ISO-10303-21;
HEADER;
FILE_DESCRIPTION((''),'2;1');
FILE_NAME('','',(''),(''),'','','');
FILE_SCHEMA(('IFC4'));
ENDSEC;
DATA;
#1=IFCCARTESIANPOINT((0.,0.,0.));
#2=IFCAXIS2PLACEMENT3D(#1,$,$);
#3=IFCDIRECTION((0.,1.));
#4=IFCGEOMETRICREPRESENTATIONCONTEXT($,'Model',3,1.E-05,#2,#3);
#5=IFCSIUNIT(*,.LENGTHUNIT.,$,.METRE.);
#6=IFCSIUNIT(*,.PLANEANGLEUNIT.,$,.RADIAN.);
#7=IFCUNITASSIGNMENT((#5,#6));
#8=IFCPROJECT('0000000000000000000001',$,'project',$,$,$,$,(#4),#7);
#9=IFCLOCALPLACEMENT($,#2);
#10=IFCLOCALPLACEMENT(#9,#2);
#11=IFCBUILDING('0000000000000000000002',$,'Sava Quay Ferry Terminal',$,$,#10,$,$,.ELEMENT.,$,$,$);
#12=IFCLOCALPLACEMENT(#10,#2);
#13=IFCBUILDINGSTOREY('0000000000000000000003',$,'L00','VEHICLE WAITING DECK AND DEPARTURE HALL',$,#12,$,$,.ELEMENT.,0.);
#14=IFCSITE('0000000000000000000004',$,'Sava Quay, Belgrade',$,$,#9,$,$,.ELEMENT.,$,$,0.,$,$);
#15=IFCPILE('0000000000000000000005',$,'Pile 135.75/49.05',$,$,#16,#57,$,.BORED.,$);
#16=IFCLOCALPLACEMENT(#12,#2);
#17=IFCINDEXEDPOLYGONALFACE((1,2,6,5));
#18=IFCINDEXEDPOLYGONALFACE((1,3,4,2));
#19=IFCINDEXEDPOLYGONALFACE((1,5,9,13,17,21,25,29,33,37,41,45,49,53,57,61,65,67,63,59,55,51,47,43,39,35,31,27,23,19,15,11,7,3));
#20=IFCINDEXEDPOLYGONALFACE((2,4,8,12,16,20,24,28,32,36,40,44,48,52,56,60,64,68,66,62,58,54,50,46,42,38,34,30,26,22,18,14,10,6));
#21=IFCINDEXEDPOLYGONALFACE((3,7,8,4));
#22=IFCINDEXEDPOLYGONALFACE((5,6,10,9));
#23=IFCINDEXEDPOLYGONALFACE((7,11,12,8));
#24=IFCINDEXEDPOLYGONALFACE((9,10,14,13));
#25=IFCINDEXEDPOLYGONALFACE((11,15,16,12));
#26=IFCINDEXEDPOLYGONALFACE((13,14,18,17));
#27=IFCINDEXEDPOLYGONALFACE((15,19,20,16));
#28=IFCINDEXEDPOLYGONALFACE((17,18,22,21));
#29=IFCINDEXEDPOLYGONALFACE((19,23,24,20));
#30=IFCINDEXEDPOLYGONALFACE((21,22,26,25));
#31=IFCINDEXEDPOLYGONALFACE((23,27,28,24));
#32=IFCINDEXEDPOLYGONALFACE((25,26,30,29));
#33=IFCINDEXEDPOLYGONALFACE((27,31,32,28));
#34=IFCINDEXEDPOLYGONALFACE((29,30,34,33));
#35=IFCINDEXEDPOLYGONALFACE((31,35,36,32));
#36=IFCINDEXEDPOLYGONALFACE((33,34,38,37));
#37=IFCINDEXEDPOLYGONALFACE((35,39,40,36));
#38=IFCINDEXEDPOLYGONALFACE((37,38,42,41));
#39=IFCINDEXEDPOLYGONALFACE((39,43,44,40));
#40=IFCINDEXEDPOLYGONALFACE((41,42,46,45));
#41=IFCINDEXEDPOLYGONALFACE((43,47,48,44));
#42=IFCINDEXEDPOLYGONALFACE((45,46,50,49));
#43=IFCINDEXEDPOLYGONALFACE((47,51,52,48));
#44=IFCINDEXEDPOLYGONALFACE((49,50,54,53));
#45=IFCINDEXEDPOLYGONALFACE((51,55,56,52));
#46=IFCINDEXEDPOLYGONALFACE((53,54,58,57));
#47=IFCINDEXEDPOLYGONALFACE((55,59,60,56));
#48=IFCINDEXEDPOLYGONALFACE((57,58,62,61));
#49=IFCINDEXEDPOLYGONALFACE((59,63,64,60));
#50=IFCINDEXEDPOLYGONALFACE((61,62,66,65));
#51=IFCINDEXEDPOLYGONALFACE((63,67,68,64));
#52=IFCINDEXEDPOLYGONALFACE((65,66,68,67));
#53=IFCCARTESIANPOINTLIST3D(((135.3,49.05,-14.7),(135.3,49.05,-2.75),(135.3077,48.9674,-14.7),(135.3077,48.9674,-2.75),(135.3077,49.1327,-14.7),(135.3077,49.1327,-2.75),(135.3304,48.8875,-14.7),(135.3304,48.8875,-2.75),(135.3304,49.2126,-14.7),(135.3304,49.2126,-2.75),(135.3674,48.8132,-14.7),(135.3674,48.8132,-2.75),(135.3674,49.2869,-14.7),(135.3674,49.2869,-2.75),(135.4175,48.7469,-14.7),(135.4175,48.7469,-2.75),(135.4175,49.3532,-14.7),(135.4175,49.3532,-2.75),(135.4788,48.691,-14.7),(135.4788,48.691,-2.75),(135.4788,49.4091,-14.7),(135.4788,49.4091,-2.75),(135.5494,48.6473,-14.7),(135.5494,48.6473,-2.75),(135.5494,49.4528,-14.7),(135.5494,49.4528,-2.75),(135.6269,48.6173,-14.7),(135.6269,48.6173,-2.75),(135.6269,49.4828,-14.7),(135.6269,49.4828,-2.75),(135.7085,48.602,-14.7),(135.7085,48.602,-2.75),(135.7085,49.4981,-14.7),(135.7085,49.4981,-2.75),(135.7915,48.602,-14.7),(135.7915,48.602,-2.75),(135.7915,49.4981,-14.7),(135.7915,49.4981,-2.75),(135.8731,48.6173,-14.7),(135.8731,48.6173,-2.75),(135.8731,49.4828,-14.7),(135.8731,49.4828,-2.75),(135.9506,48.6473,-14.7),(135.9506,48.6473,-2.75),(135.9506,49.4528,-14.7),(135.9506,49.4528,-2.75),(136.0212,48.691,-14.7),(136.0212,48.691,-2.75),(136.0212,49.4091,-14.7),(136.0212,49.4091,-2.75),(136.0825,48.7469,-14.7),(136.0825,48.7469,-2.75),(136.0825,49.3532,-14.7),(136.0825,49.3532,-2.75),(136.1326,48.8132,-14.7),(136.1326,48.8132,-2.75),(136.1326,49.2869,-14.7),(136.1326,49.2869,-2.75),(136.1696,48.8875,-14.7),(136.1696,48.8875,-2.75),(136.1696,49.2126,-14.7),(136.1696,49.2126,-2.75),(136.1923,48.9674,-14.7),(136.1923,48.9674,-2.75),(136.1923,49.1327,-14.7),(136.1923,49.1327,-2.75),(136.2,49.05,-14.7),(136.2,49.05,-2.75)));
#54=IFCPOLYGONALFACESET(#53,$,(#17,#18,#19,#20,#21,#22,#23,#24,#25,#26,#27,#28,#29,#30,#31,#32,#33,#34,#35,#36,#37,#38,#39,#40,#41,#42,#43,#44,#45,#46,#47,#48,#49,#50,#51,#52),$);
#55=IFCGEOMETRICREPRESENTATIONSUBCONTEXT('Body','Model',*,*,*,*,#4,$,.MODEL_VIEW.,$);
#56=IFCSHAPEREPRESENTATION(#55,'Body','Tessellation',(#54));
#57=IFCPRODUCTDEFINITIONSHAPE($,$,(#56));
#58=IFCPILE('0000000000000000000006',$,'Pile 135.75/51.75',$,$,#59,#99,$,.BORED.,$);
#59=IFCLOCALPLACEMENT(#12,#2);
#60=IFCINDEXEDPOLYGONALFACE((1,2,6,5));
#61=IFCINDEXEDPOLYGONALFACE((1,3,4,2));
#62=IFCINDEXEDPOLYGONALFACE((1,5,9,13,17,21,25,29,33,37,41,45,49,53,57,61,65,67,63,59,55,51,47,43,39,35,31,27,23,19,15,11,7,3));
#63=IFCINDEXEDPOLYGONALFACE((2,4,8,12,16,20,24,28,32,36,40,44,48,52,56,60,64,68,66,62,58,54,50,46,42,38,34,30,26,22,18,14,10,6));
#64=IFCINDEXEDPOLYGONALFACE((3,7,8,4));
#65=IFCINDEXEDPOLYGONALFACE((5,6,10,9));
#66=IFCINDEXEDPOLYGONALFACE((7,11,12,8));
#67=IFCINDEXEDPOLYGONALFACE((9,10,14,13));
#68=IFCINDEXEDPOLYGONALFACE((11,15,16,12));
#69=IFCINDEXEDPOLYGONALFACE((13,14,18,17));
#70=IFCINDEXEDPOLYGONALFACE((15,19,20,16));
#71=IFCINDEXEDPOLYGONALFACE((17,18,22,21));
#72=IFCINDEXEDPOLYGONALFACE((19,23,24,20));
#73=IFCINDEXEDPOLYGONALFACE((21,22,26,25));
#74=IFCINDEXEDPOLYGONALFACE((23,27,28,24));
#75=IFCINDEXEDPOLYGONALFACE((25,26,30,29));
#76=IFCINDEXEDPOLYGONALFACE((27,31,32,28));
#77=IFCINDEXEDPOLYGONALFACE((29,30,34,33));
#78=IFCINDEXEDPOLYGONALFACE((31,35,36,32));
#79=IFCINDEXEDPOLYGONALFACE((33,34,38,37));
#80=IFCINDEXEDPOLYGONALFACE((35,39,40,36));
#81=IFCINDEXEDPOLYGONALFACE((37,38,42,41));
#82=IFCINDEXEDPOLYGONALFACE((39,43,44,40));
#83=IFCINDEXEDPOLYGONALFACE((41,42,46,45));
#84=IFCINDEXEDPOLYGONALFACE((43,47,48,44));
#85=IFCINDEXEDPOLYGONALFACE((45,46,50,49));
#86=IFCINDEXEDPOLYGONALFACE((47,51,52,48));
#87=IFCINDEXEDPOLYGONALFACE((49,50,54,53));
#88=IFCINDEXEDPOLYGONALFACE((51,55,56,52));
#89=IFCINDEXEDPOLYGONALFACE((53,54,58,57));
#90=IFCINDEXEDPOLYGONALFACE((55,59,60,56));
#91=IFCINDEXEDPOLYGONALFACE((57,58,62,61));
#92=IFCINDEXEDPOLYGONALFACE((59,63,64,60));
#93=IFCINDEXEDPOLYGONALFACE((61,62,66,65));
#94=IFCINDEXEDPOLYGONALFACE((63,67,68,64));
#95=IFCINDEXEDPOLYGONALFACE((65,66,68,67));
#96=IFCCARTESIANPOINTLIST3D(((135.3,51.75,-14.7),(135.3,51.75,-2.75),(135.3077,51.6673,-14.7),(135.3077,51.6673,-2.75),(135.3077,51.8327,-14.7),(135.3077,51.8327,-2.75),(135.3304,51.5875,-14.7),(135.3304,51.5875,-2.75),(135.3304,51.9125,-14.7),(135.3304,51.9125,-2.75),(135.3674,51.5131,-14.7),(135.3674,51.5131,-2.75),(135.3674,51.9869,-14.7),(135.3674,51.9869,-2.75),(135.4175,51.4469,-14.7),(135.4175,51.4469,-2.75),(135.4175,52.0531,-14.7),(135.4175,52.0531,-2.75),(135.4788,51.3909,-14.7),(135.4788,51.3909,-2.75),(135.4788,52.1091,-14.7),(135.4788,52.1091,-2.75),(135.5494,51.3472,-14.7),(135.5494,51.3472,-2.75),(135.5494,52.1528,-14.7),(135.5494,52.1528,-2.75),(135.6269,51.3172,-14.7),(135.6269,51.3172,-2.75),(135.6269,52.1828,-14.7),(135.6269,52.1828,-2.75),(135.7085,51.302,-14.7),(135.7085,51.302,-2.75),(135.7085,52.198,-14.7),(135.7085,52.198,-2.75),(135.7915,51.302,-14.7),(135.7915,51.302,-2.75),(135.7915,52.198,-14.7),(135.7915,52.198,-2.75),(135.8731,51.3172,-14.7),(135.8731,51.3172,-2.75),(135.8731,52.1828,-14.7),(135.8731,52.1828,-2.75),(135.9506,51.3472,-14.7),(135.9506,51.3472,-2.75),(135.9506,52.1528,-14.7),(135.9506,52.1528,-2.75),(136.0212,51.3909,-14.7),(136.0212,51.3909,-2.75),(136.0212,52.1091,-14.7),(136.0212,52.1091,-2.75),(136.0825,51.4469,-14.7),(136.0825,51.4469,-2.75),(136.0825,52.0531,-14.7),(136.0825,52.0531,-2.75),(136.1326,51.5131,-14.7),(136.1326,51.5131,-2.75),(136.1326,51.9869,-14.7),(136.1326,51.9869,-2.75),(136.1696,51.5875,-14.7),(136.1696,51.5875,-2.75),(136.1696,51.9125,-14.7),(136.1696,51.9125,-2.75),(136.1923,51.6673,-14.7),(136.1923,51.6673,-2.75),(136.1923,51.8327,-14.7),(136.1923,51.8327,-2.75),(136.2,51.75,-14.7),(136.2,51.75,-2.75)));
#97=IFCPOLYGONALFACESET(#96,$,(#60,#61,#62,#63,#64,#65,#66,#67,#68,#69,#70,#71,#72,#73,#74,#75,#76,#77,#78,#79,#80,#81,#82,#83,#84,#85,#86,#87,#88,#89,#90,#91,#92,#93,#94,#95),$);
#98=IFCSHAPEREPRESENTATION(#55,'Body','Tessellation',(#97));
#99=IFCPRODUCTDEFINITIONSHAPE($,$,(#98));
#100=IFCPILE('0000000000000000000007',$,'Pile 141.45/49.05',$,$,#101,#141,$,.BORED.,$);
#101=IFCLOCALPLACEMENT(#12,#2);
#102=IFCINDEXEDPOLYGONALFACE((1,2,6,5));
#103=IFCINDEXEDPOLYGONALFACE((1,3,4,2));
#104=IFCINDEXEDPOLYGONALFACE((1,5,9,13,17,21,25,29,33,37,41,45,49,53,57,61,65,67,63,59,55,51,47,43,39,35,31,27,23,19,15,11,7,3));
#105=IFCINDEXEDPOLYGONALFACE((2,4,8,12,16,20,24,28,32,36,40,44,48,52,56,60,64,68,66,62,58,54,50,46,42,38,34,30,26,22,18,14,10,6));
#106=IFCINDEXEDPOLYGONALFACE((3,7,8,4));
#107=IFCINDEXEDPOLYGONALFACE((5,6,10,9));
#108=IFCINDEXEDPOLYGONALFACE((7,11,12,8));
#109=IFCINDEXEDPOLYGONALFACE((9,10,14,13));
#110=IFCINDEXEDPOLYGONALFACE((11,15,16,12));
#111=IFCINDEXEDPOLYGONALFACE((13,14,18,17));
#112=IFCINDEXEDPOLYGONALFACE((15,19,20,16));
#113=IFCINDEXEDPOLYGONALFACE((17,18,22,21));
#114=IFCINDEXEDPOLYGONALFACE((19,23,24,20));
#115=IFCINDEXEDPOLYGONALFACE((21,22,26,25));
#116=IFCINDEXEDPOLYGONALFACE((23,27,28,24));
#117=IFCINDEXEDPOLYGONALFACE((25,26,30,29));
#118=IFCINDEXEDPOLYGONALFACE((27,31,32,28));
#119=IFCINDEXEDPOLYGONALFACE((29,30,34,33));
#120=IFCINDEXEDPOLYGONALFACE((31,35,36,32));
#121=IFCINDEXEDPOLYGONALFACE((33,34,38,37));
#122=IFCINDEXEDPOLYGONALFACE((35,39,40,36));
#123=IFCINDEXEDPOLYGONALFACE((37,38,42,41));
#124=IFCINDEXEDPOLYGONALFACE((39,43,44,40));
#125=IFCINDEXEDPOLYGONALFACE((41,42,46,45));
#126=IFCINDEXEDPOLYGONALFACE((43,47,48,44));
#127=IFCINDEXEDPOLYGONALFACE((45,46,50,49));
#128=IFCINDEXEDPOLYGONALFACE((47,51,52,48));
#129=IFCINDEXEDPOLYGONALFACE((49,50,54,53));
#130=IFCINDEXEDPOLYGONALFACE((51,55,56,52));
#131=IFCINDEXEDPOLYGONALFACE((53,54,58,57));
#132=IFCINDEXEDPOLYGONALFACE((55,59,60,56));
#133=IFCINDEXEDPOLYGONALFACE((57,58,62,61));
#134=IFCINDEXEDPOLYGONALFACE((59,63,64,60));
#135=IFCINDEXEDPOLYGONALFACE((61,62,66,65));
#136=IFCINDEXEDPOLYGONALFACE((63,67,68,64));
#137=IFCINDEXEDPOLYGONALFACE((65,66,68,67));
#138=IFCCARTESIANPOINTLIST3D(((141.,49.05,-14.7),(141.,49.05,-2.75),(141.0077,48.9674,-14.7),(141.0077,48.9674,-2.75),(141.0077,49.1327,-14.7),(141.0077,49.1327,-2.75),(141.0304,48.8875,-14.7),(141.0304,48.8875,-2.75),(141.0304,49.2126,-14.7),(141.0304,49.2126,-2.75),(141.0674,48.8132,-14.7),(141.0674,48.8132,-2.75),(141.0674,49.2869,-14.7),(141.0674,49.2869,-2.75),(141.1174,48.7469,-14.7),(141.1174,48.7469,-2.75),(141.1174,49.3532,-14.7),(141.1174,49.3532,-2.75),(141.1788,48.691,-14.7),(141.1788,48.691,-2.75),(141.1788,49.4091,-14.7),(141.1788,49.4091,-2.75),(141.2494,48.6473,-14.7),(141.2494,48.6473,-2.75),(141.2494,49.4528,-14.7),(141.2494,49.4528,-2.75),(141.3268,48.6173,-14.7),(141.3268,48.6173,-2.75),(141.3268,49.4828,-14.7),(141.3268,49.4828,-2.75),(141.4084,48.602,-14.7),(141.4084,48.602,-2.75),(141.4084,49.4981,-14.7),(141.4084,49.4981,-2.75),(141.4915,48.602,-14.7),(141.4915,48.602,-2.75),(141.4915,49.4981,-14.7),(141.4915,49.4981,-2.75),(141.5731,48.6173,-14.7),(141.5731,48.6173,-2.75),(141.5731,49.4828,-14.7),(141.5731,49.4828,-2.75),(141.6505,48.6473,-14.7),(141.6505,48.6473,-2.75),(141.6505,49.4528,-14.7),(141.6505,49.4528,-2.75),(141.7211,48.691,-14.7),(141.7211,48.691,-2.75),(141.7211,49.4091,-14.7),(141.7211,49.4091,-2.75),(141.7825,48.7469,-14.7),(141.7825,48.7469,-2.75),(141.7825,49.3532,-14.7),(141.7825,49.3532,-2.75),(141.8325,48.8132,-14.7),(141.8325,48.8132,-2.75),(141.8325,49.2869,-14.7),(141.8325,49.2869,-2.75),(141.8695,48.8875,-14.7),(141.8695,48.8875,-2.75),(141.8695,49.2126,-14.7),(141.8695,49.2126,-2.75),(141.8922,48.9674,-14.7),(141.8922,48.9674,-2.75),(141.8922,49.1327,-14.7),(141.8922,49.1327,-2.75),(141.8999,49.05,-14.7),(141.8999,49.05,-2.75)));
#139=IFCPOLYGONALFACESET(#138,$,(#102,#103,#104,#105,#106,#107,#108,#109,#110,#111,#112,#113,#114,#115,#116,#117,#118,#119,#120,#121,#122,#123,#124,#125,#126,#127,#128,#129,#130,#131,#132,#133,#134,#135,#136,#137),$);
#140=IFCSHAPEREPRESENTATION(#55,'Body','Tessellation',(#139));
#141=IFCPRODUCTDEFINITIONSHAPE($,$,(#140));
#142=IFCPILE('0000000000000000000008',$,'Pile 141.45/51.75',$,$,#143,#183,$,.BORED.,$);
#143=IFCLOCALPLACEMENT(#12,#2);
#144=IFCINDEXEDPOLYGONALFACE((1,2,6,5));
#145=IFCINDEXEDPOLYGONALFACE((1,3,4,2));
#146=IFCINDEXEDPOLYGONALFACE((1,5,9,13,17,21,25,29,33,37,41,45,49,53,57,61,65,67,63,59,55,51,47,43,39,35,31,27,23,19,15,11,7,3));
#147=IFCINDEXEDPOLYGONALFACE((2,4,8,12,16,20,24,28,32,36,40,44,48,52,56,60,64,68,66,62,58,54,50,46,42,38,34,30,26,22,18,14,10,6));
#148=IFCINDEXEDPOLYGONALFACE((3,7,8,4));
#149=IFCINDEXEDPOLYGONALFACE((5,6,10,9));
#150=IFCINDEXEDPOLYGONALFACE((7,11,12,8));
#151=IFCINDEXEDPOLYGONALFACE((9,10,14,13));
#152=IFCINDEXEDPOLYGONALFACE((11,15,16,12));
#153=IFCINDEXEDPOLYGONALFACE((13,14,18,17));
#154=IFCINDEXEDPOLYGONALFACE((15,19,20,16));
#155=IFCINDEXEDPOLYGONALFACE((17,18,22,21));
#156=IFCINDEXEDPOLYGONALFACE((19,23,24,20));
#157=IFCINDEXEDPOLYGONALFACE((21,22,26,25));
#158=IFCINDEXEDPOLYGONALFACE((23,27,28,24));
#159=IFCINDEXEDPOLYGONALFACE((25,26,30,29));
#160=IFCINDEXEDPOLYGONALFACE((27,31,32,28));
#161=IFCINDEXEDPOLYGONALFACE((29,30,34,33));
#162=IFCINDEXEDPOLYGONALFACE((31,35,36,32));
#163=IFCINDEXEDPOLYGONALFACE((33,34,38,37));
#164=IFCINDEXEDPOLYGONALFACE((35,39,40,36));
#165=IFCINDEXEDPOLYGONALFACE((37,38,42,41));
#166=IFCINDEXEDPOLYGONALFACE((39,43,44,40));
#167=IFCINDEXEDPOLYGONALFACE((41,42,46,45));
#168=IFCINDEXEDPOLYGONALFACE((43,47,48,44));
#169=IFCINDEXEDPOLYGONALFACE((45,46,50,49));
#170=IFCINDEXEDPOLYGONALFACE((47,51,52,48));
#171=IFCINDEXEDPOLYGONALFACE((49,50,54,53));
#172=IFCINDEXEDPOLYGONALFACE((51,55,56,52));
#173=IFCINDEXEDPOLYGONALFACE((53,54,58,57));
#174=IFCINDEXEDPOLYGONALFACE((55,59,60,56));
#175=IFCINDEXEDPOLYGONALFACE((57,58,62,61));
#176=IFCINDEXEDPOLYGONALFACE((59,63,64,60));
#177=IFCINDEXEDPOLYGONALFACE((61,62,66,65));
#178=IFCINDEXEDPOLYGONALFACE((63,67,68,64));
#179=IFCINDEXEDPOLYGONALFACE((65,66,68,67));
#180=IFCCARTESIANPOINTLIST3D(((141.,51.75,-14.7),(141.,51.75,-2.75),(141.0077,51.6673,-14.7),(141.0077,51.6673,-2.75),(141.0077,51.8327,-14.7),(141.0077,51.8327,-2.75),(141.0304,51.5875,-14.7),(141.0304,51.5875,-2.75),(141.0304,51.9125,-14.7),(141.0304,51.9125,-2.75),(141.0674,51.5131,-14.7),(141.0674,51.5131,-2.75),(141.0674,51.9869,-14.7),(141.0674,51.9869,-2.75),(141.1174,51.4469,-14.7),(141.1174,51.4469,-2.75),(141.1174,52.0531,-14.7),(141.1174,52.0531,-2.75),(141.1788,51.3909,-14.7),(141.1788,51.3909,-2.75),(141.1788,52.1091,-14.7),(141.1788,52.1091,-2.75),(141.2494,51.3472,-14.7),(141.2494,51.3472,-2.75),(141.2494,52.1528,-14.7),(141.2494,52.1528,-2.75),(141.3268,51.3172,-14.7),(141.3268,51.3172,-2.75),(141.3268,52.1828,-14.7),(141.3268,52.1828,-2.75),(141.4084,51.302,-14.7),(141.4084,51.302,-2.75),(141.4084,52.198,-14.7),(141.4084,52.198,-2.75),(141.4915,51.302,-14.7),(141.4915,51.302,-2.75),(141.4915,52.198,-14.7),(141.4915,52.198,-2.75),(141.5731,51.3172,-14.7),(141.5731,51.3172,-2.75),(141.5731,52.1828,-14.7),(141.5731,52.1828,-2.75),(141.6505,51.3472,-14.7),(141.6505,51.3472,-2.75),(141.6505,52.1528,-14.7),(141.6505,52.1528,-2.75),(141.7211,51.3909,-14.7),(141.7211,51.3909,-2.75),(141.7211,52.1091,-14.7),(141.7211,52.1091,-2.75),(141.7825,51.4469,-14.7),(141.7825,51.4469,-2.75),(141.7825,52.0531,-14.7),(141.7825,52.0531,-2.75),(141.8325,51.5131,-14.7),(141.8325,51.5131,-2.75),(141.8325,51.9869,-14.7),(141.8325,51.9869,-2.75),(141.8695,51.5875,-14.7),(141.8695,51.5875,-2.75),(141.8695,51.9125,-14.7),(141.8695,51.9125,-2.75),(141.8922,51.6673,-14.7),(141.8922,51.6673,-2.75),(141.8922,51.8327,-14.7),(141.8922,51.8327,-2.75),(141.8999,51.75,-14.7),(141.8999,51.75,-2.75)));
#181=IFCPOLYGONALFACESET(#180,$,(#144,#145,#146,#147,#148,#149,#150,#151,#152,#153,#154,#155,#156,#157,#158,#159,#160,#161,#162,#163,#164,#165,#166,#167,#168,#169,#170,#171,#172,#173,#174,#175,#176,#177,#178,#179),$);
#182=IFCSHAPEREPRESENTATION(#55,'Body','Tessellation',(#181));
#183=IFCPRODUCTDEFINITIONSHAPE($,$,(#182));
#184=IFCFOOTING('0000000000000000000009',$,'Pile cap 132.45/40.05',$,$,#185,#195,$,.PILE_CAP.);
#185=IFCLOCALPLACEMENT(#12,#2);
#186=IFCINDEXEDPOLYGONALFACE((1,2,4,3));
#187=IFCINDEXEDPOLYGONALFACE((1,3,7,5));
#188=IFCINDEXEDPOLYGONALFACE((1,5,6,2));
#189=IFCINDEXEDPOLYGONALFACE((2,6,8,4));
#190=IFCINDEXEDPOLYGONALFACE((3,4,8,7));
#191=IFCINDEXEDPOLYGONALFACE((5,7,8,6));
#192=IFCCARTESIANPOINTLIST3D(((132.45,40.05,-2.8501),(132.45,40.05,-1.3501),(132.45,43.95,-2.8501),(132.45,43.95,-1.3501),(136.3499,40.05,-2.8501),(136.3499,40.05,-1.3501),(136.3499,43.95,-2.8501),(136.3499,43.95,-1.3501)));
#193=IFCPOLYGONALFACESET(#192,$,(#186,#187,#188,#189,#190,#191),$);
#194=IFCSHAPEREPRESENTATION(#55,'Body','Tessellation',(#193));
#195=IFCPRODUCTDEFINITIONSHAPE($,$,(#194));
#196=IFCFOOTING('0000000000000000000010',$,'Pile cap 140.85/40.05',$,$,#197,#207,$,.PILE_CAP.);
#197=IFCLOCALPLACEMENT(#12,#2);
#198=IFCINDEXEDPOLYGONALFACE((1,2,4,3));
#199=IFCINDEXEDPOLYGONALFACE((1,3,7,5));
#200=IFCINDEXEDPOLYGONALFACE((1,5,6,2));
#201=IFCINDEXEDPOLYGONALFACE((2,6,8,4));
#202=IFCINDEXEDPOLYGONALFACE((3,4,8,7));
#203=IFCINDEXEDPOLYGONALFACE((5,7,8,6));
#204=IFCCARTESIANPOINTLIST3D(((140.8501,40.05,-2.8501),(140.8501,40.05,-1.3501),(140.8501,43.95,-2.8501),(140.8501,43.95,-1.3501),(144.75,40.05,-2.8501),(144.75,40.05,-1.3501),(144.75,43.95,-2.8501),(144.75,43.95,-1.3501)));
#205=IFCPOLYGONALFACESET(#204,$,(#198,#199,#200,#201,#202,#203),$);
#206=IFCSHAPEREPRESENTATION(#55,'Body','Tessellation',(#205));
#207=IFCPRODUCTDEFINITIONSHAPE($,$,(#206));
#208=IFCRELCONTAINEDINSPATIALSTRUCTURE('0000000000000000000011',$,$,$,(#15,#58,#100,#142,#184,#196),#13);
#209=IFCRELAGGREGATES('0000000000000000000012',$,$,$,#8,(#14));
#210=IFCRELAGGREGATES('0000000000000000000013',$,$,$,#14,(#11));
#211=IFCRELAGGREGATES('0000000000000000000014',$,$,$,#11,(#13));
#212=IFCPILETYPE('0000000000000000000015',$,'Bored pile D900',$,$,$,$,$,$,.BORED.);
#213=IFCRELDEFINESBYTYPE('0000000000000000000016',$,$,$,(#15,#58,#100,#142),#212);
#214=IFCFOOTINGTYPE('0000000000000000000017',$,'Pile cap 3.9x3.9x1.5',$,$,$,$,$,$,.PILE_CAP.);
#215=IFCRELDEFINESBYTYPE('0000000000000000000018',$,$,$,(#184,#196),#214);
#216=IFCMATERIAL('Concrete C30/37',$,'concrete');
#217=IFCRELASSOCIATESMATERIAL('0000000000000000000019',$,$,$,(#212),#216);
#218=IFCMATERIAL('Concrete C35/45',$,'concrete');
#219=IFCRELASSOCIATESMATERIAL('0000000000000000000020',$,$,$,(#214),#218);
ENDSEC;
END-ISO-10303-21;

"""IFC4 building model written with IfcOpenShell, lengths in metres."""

from ifc_helpers import new_model, si_unit, direction, frame, origin, origin_2d, place, context, subcontext, project, spatial, rectangle, circle, extrude, material, material_profile, profile_set, type_object, element, save


model = new_model("IFC4")

# Units and contexts
model_context = context("Model", 3, precision=1e-05, world=origin(), true_north=direction((0.0, 1.0)))
body_context = subcontext(model_context, "Body", "Model", "MODEL_VIEW")
ifc_project = project(units=[si_unit("LENGTHUNIT", "METRE"), si_unit("PLANEANGLEUNIT", "RADIAN")], contexts=[model_context])

# Site, building, storey
site_placement = place(None, origin())
site = spatial("IfcSite", under=ifc_project, at=site_placement, Name="Sava Quay, Belgrade", CompositionType="ELEMENT", RefElevation=0.0)
building_placement = place(site_placement, origin())
building = spatial("IfcBuilding", under=site, at=building_placement, Name="Sava Quay Ferry Terminal", CompositionType="ELEMENT")
storey_placement = place(building_placement, origin())
storey = spatial("IfcBuildingStorey", under=building, at=storey_placement, Name="L00", Description="VEHICLE WAITING DECK AND DEPARTURE HALL", CompositionType="ELEMENT", Elevation=0.0)

# Piles
ifc_material_1 = material(Name="Concrete C30/37", Category="concrete")
ifc_material_profile_1 = material_profile(ifc_material_1, circle(Radius=0.45, at=origin_2d()), Name="Bored pile D900")
ifc_profile_set_1 = profile_set([ifc_material_profile_1], Name="Concrete C30/37")
pile_type = type_object("IfcPileType", Name="Bored pile D900", PredefinedType="BORED", material=ifc_profile_set_1)
for number, where, z_axis, x_axis, name in (
    (1, (135.75, 49.05, -2.75), (0.0, 0.0, -1.0), (1.0, 0.0, 0.0), "Pile 135.75/49.05"),
    (2, (135.75, 51.75, -2.75), (0.0, 0.0, -1.0), (1.0, 0.0, 0.0), "Pile 135.75/51.75"),
    (3, (141.45, 49.05, -2.75), (0.0, 0.0, -1.0), (1.0, 0.0, 0.0), "Pile 141.45/49.05"),
    (4, (141.45, 51.75, -2.75), (0.0, 0.0, -1.0), (1.0, 0.0, 0.0), "Pile 141.45/51.75"),
):
    element("IfcPile", number, at=place(storey_placement, frame(where, z_axis=z_axis, x_axis=x_axis)), inside=storey, type_object=pile_type, Name=name, PredefinedType="BORED", context=body_context, shape_type="SweptSolid", body=[
        extrude(circle(Radius=0.45, at=origin_2d()), origin(), (0.0, 0.0, 1.0), 11.95),
    ])

# Footings
ifc_material_2 = material(Name="Concrete C35/45", Category="concrete")
footing_type = type_object("IfcFootingType", Name="Pile cap 3.9x3.9x1.5", PredefinedType="PILE_CAP", material=ifc_material_2)
for number, where, z_axis, x_axis, name in (
    (5, (134.3999, 42.0, -2.8501), (0.0, 0.0, 1.0), (1.0, 0.0, 0.0), "Pile cap 132.45/40.05"),
    (6, (142.8, 42.0, -2.8501), (0.0, 0.0, 1.0), (1.0, 0.0, 0.0), "Pile cap 140.85/40.05"),
):
    element("IfcFooting", number, at=place(storey_placement, frame(where, z_axis=z_axis, x_axis=x_axis)), inside=storey, type_object=footing_type, Name=name, PredefinedType="PILE_CAP", context=body_context, shape_type="SweptSolid", body=[
        extrude(rectangle(XDim=3.8999, YDim=3.8999, at=origin_2d()), origin(), (0.0, 0.0, 1.0), 1.5),
    ])

save(model, "model.ifc")
